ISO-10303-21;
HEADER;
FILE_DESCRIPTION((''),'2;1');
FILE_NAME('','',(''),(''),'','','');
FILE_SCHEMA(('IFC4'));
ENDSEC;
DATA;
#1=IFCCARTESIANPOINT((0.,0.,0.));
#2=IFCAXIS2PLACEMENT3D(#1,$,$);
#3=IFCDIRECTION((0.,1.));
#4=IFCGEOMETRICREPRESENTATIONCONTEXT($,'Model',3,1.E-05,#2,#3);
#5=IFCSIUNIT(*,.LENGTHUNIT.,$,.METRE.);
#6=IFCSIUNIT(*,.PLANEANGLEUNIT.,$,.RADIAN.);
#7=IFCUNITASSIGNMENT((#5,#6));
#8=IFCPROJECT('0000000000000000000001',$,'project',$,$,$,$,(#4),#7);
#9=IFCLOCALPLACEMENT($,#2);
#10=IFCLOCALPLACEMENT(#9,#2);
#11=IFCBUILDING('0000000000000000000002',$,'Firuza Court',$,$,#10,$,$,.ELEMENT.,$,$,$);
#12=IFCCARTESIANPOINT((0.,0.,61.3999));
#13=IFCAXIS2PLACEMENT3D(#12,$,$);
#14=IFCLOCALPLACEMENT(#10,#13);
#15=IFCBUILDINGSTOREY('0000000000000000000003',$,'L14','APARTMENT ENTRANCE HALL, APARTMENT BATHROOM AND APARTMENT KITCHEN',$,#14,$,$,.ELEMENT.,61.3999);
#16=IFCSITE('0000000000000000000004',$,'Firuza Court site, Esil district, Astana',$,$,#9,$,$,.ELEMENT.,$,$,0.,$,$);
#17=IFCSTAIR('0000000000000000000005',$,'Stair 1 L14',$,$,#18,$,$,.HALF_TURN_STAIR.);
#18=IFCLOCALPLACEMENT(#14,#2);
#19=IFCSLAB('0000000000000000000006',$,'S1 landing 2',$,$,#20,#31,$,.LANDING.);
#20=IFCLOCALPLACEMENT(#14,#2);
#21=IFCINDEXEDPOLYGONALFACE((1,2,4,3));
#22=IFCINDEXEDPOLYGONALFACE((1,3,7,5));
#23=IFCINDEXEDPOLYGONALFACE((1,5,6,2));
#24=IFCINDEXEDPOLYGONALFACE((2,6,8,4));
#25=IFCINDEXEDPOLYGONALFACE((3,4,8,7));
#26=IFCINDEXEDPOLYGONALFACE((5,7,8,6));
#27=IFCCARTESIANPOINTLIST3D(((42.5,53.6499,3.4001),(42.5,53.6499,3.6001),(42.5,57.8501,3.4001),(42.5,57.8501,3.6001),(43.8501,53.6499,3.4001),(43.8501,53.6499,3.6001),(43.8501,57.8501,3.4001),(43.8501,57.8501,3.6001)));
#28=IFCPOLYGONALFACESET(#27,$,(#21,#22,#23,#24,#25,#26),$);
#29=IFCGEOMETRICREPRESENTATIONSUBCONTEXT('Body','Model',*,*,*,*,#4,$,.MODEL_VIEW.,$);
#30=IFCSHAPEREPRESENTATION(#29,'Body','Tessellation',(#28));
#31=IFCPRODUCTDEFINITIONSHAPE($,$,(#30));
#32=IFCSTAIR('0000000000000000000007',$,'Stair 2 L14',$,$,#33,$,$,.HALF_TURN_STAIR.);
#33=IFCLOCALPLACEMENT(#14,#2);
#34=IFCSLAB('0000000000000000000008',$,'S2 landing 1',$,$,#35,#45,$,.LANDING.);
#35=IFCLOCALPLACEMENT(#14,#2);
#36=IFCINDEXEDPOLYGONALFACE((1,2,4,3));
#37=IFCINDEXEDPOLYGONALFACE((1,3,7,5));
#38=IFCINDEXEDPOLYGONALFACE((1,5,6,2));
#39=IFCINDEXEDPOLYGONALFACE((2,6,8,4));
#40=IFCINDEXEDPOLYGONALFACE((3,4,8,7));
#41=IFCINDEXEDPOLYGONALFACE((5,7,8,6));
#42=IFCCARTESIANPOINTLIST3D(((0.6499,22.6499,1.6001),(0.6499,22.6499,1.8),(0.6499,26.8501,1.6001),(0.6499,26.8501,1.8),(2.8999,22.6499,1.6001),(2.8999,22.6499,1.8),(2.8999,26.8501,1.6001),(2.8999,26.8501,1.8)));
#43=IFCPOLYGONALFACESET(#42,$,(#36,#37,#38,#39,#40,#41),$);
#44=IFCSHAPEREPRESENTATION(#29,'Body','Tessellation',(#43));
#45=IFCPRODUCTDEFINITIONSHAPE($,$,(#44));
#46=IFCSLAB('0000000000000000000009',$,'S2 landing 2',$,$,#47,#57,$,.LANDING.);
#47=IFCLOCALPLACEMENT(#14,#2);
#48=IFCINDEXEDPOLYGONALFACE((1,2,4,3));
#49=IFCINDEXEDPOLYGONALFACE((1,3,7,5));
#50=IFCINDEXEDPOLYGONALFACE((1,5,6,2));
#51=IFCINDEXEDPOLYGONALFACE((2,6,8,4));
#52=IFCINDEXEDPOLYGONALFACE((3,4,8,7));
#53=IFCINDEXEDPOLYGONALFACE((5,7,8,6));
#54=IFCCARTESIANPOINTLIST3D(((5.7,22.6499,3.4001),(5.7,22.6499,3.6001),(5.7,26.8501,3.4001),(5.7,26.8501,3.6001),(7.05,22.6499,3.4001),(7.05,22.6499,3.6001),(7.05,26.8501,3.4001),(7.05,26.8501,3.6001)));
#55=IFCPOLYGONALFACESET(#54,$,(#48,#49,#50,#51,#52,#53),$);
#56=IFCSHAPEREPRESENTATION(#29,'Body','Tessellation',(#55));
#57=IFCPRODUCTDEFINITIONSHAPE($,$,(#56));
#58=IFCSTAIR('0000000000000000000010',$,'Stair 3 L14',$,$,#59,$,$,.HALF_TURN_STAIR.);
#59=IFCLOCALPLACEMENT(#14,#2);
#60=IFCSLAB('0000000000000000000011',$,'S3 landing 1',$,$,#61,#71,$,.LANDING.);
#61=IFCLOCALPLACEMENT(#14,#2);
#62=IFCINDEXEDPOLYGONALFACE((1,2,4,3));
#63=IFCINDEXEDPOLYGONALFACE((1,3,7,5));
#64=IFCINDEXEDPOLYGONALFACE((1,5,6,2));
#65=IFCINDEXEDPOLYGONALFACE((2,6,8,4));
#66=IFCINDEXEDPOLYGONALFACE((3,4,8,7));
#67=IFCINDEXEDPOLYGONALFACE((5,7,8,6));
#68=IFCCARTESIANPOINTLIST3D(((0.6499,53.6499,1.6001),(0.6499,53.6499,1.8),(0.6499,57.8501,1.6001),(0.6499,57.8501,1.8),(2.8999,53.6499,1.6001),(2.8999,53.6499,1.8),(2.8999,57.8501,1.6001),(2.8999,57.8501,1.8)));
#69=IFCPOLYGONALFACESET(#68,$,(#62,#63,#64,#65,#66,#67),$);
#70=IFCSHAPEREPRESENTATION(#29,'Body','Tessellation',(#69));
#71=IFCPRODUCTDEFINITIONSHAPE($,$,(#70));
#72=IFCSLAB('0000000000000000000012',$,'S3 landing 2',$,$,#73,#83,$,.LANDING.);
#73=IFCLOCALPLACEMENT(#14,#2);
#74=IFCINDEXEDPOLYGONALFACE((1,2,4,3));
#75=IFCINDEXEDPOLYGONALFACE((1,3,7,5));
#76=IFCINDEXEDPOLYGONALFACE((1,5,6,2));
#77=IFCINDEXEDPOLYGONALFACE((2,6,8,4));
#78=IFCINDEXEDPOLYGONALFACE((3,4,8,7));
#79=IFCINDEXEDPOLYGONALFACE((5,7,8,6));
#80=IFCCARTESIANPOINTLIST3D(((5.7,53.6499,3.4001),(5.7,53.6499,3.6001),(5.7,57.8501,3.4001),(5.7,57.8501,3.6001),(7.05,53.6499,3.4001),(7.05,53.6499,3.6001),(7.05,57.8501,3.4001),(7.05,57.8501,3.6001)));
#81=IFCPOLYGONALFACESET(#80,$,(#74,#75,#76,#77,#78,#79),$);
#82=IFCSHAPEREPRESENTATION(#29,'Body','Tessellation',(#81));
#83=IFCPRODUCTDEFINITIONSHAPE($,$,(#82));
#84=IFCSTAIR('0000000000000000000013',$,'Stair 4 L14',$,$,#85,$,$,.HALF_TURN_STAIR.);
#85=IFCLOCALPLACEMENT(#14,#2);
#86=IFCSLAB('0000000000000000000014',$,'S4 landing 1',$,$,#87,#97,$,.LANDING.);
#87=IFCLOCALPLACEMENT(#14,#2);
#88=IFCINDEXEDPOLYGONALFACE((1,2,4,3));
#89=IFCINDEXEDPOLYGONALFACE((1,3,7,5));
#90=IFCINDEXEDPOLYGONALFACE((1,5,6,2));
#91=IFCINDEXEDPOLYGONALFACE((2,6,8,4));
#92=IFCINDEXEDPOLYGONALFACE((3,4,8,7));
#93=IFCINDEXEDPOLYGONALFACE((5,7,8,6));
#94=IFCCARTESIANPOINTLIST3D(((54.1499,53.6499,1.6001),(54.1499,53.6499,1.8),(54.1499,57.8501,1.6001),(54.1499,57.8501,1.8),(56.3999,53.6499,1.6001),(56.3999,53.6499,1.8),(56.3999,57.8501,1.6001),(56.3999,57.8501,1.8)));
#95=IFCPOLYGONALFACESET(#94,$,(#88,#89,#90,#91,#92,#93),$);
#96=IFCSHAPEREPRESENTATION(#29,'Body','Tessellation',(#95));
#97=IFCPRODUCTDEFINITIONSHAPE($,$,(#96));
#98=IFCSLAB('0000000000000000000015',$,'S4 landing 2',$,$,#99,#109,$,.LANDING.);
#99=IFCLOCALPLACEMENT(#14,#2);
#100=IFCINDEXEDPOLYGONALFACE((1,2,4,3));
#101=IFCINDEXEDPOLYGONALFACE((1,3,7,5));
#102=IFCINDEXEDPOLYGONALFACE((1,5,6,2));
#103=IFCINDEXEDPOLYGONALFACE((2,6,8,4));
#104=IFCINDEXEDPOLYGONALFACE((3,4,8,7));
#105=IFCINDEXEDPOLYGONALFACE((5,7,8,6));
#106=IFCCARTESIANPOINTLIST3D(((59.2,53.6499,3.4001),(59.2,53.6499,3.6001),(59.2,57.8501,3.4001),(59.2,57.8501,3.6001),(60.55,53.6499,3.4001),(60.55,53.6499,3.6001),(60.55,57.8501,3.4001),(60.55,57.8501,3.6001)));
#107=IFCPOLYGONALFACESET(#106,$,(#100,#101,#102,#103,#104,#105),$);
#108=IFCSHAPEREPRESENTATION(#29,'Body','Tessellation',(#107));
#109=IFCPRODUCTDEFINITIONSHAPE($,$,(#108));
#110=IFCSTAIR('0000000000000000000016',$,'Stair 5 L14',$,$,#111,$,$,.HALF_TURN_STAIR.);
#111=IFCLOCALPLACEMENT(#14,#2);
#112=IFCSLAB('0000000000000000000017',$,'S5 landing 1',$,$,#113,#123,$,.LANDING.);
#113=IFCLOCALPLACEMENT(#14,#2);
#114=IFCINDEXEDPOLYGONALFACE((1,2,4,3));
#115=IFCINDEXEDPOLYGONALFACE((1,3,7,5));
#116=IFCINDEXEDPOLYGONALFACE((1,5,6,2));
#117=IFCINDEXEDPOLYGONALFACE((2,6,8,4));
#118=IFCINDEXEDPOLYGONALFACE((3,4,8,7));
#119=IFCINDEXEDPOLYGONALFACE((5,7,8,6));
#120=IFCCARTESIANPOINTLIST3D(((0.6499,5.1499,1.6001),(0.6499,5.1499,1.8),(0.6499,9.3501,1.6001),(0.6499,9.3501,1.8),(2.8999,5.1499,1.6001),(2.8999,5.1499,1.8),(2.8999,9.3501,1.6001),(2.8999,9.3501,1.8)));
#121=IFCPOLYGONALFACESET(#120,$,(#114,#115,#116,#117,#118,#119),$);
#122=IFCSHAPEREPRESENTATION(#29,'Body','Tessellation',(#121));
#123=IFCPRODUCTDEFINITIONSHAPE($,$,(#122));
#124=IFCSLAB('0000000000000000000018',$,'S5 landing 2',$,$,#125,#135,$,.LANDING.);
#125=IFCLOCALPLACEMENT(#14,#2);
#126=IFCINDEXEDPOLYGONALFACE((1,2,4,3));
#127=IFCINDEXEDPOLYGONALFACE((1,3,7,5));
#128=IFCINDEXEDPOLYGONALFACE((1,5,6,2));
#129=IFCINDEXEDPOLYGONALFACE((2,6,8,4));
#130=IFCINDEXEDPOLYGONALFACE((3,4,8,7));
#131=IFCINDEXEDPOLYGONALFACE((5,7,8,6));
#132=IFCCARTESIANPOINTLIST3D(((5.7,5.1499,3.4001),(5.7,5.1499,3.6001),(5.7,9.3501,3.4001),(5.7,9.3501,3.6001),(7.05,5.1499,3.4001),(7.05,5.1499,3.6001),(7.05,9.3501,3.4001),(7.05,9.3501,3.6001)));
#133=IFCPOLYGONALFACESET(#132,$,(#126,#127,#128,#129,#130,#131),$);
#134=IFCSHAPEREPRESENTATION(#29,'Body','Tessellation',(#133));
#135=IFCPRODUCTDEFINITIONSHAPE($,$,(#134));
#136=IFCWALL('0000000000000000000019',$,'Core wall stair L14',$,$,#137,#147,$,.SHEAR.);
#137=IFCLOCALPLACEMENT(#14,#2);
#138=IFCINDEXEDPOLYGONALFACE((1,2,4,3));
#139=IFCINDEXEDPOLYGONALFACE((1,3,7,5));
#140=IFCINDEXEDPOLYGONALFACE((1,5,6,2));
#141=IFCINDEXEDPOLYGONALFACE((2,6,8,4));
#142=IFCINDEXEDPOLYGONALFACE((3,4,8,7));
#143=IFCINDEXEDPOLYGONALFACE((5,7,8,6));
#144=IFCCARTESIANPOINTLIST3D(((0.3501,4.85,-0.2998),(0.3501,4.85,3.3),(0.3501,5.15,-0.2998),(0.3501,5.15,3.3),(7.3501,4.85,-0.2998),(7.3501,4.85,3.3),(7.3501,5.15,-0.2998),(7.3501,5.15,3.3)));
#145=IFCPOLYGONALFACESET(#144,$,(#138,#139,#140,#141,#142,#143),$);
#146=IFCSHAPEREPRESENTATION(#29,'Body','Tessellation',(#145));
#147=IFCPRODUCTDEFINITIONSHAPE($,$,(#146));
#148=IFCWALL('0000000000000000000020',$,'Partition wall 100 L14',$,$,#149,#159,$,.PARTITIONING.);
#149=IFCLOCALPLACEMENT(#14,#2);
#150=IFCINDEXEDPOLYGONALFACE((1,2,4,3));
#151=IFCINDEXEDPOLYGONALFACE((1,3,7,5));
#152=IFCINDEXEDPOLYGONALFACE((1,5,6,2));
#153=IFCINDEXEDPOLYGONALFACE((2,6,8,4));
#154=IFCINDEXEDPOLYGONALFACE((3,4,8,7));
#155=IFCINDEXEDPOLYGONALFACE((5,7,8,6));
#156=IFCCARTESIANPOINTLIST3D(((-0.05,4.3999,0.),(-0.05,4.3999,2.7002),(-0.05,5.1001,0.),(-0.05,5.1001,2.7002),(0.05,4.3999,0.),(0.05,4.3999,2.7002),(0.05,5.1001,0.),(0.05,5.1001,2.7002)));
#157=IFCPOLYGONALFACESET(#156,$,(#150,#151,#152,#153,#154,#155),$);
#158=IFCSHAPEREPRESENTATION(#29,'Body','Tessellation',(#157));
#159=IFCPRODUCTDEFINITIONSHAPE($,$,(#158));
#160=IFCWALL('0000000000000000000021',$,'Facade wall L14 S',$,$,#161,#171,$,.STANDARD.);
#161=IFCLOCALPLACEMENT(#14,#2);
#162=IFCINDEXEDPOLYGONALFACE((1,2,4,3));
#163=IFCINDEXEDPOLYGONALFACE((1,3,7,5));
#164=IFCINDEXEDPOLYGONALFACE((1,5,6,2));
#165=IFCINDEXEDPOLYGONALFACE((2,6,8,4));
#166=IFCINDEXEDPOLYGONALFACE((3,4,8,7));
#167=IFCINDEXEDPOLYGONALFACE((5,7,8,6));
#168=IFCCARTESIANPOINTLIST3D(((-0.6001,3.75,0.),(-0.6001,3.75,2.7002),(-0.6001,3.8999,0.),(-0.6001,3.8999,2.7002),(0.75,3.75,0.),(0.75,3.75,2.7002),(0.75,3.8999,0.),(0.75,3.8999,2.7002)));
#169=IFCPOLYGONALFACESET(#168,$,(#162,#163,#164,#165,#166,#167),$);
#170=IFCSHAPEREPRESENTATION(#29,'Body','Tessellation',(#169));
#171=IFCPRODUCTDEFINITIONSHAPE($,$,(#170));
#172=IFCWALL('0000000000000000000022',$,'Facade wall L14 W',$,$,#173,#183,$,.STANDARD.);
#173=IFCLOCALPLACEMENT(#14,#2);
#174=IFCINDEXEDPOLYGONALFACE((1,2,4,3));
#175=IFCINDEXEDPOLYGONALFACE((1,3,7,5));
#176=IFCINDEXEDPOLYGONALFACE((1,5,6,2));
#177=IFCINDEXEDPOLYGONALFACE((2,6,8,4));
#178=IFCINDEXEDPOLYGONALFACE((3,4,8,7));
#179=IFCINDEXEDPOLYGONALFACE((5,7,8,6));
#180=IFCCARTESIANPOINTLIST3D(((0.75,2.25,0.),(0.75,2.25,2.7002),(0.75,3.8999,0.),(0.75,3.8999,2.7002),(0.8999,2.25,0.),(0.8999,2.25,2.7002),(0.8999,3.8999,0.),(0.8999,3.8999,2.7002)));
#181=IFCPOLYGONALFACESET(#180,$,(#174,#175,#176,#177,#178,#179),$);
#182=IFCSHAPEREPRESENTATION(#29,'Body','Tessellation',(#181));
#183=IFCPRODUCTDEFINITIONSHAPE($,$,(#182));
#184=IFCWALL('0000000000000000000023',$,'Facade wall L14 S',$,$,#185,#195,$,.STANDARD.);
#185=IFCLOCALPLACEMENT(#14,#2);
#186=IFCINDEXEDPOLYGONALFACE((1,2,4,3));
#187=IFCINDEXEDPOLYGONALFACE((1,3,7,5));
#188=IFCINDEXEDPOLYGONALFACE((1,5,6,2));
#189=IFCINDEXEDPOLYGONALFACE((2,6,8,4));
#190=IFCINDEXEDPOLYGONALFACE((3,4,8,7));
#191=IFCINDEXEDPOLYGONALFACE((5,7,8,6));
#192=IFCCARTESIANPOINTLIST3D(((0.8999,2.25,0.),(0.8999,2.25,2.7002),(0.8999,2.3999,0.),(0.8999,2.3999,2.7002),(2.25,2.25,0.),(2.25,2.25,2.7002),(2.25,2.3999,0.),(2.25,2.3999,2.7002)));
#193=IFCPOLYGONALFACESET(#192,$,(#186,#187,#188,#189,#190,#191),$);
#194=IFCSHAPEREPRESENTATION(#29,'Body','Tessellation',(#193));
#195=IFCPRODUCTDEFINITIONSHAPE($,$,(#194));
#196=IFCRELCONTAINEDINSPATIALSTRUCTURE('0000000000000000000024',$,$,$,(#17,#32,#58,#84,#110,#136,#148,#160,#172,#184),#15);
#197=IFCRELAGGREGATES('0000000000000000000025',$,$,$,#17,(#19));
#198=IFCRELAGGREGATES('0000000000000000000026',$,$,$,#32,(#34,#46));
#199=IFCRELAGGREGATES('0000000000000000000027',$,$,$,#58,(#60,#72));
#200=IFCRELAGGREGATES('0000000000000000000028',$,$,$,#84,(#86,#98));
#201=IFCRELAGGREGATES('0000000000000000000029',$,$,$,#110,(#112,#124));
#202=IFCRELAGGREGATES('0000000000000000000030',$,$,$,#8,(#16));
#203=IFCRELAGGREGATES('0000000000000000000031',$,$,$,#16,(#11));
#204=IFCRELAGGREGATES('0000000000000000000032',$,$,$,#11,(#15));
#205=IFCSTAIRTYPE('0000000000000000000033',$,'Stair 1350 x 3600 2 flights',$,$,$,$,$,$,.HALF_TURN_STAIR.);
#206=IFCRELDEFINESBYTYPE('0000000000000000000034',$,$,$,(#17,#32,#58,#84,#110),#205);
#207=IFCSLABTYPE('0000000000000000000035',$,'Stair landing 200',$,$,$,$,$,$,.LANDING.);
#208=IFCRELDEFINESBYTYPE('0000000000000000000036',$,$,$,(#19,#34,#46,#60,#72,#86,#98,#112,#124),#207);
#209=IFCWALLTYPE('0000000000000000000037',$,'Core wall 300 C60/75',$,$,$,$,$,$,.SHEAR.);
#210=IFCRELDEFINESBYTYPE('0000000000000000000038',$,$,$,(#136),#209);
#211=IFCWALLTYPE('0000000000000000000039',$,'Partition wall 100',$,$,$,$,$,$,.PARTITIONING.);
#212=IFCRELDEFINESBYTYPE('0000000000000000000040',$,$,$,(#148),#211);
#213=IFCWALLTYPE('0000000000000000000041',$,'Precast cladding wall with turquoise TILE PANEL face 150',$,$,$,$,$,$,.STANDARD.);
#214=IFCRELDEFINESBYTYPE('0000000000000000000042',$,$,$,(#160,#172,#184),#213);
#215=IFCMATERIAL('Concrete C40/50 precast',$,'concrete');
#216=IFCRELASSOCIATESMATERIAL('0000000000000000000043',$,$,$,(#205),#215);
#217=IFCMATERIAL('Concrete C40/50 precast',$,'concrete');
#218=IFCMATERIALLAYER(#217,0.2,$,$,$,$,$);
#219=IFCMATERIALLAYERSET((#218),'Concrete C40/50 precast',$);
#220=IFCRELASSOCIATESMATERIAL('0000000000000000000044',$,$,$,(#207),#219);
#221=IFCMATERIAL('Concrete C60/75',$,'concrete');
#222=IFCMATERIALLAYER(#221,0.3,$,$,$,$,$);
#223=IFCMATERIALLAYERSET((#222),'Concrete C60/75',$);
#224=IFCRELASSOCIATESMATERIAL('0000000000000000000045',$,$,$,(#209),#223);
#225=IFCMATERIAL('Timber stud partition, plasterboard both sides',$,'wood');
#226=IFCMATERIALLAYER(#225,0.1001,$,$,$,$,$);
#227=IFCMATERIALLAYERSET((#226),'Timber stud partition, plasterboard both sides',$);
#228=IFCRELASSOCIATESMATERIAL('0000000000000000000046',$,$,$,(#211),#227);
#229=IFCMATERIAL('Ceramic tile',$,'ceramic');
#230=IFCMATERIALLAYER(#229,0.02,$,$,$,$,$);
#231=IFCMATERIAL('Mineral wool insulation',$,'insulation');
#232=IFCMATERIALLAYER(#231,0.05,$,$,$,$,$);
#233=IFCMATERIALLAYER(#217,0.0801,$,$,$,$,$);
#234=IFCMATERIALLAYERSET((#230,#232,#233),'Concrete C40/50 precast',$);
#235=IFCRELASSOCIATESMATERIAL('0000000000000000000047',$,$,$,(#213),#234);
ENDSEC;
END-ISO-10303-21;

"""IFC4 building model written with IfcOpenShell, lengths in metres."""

from ifc_helpers import new_model, si_unit, direction, frame, frame_2d, origin, place, context, subcontext, project, spatial, polyline, rectangle, outline, extrude, material, layer, layer_set, type_object, element, aggregate, save


model = new_model("IFC4")

# Units and contexts
model_context = context("Model", 3, precision=1e-05, world=origin(), true_north=direction((0.0, 1.0)))
body_context = subcontext(model_context, "Body", "Model", "MODEL_VIEW")
ifc_project = project(units=[si_unit("LENGTHUNIT", "METRE"), si_unit("PLANEANGLEUNIT", "RADIAN")], contexts=[model_context])

# Site, building, storey
site_placement = place(None, origin())
site = spatial("IfcSite", under=ifc_project, at=site_placement, Name="Firuza Court site, Esil district, Astana", CompositionType="ELEMENT", RefElevation=0.0)
building_placement = place(site_placement, origin())
building = spatial("IfcBuilding", under=site, at=building_placement, Name="Firuza Court", CompositionType="ELEMENT")
storey_placement = place(building_placement, frame((0.0, 0.0, 61.3999)))
storey = spatial("IfcBuildingStorey", under=building, at=storey_placement, Name="L14", Description="APARTMENT ENTRANCE HALL, APARTMENT BATHROOM AND APARTMENT KITCHEN", CompositionType="ELEMENT", Elevation=61.3999)

# Stairs, slabs
ifc_material_1 = material(Name="Concrete C40/50 precast", Category="concrete")
stair_type = type_object("IfcStairType", Name="Stair 1350 x 3600 2 flights", PredefinedType="HALF_TURN_STAIR", material=ifc_material_1)
stair_1_placement = place(storey_placement, origin())
stair_1 = element("IfcStair", 1, at=stair_1_placement, inside=storey, type_object=stair_type, Name="Stair 1 L14", PredefinedType="HALF_TURN_STAIR")
ifc_material_2 = material(Name="Concrete C40/50 precast", Category="concrete")
ifc_layer_1 = layer(ifc_material_2, 0.2)
ifc_layer_set_1 = layer_set([ifc_layer_1], Name="Concrete C40/50 precast")
slab_type_1 = type_object("IfcSlabType", Name="Stair landing 200", PredefinedType="LANDING", material=ifc_layer_set_1)
slab_1_placement = place(storey_placement, frame((0.0, 0.0, 3.4001)))
slab_1 = element("IfcSlab", 2, at=slab_1_placement, type_object=slab_type_1, Name="S1 landing 2", PredefinedType="LANDING", context=body_context, shape_type="SweptSolid", body=[
    extrude(outline(polyline([(43.8501, 53.6499), (43.8501, 57.8501), (42.5, 57.8501), (42.5, 53.6499), (43.8501, 53.6499)])), origin(), (0.0, 0.0, 1.0), 0.2),
])
aggregate(stair_1, [slab_1])
stair_2_placement = place(storey_placement, origin())
stair_2 = element("IfcStair", 3, at=stair_2_placement, inside=storey, type_object=stair_type, Name="Stair 2 L14", PredefinedType="HALF_TURN_STAIR")
slab_2_placement = place(storey_placement, frame((0.0, 0.0, 1.6001)))
slab_2 = element("IfcSlab", 4, at=slab_2_placement, type_object=slab_type_1, Name="S2 landing 1", PredefinedType="LANDING", context=body_context, shape_type="SweptSolid", body=[
    extrude(outline(polyline([(2.8999, 22.6499), (2.8999, 26.8501), (0.6499, 26.8501), (0.6499, 22.6499), (2.8999, 22.6499)])), origin(), (0.0, 0.0, 1.0), 0.2),
])
slab_3_placement = place(storey_placement, frame((0.0, 0.0, 3.4001)))
slab_3 = element("IfcSlab", 5, at=slab_3_placement, type_object=slab_type_1, Name="S2 landing 2", PredefinedType="LANDING", context=body_context, shape_type="SweptSolid", body=[
    extrude(outline(polyline([(7.05, 22.6499), (7.05, 26.8501), (5.7, 26.8501), (5.7, 22.6499), (7.05, 22.6499)])), origin(), (0.0, 0.0, 1.0), 0.2),
])
aggregate(stair_2, [slab_2, slab_3])
stair_3_placement = place(storey_placement, origin())
stair_3 = element("IfcStair", 6, at=stair_3_placement, inside=storey, type_object=stair_type, Name="Stair 3 L14", PredefinedType="HALF_TURN_STAIR")
slab_4_placement = place(storey_placement, frame((0.0, 0.0, 1.6001)))
slab_4 = element("IfcSlab", 7, at=slab_4_placement, type_object=slab_type_1, Name="S3 landing 1", PredefinedType="LANDING", context=body_context, shape_type="SweptSolid", body=[
    extrude(outline(polyline([(2.8999, 53.6499), (2.8999, 57.8501), (0.6499, 57.8501), (0.6499, 53.6499), (2.8999, 53.6499)])), origin(), (0.0, 0.0, 1.0), 0.2),
])
slab_5_placement = place(storey_placement, frame((0.0, 0.0, 3.4001)))
slab_5 = element("IfcSlab", 8, at=slab_5_placement, type_object=slab_type_1, Name="S3 landing 2", PredefinedType="LANDING", context=body_context, shape_type="SweptSolid", body=[
    extrude(outline(polyline([(7.05, 53.6499), (7.05, 57.8501), (5.7, 57.8501), (5.7, 53.6499), (7.05, 53.6499)])), origin(), (0.0, 0.0, 1.0), 0.2),
])
aggregate(stair_3, [slab_4, slab_5])
stair_4_placement = place(storey_placement, origin())
stair_4 = element("IfcStair", 9, at=stair_4_placement, inside=storey, type_object=stair_type, Name="Stair 4 L14", PredefinedType="HALF_TURN_STAIR")
slab_6_placement = place(storey_placement, frame((0.0, 0.0, 1.6001)))
slab_6 = element("IfcSlab", 10, at=slab_6_placement, type_object=slab_type_1, Name="S4 landing 1", PredefinedType="LANDING", context=body_context, shape_type="SweptSolid", body=[
    extrude(outline(polyline([(56.3999, 53.6499), (56.3999, 57.8501), (54.1499, 57.8501), (54.1499, 53.6499), (56.3999, 53.6499)])), origin(), (0.0, 0.0, 1.0), 0.2),
])
slab_7_placement = place(storey_placement, frame((0.0, 0.0, 3.4001)))
slab_7 = element("IfcSlab", 11, at=slab_7_placement, type_object=slab_type_1, Name="S4 landing 2", PredefinedType="LANDING", context=body_context, shape_type="SweptSolid", body=[
    extrude(outline(polyline([(60.55, 53.6499), (60.55, 57.8501), (59.2, 57.8501), (59.2, 53.6499), (60.55, 53.6499)])), origin(), (0.0, 0.0, 1.0), 0.2),
])
aggregate(stair_4, [slab_6, slab_7])
stair_5_placement = place(storey_placement, origin())
stair_5 = element("IfcStair", 12, at=stair_5_placement, inside=storey, type_object=stair_type, Name="Stair 5 L14", PredefinedType="HALF_TURN_STAIR")
slab_8_placement = place(storey_placement, frame((0.0, 0.0, 1.6001)))
slab_8 = element("IfcSlab", 13, at=slab_8_placement, type_object=slab_type_1, Name="S5 landing 1", PredefinedType="LANDING", context=body_context, shape_type="SweptSolid", body=[
    extrude(outline(polyline([(2.8999, 5.1499), (2.8999, 9.3501), (0.6499, 9.3501), (0.6499, 5.1499), (2.8999, 5.1499)])), origin(), (0.0, 0.0, 1.0), 0.2),
])
slab_9_placement = place(storey_placement, frame((0.0, 0.0, 3.4001)))
slab_9 = element("IfcSlab", 14, at=slab_9_placement, type_object=slab_type_1, Name="S5 landing 2", PredefinedType="LANDING", context=body_context, shape_type="SweptSolid", body=[
    extrude(outline(polyline([(7.05, 5.1499), (7.05, 9.3501), (5.7, 9.3501), (5.7, 5.1499), (7.05, 5.1499)])), origin(), (0.0, 0.0, 1.0), 0.2),
])
aggregate(stair_5, [slab_8, slab_9])

# Walls
ifc_material_3 = material(Name="Concrete C60/75", Category="concrete")
ifc_layer_2 = layer(ifc_material_3, 0.3)
ifc_layer_set_2 = layer_set([ifc_layer_2], Name="Concrete C60/75")
wall_type_1 = type_object("IfcWallType", Name="Core wall 300 C60/75", PredefinedType="SHEAR", material=ifc_layer_set_2)
wall_1_placement = place(storey_placement, frame((0.3501, 5.0, -0.2998), z_axis=(0.0, 0.0, 1.0), x_axis=(1.0, 0.0, 0.0)))
element("IfcWall", 15, at=wall_1_placement, inside=storey, type_object=wall_type_1, Name="Core wall stair L14", PredefinedType="SHEAR", context=body_context, shape_type="SweptSolid", body=[
    extrude(rectangle(XDim=7.0, YDim=0.3, at=frame_2d((3.5, 0.0))), origin(), (0.0, 0.0, 1.0), 3.5999),
])
ifc_material_4 = material(Name="Timber stud partition, plasterboard both sides", Category="wood")
ifc_layer_3 = layer(ifc_material_4, 0.1001)
ifc_layer_set_3 = layer_set([ifc_layer_3], Name="Timber stud partition, plasterboard both sides")
wall_type_2 = type_object("IfcWallType", Name="Partition wall 100", PredefinedType="PARTITIONING", material=ifc_layer_set_3)
wall_2_placement = place(storey_placement, frame((0.0, 4.3999, 0.0), z_axis=(0.0, 0.0, 1.0), x_axis=(0.0, 1.0, 0.0)))
element("IfcWall", 16, at=wall_2_placement, inside=storey, type_object=wall_type_2, Name="Partition wall 100 L14", PredefinedType="PARTITIONING", context=body_context, shape_type="SweptSolid", body=[
    extrude(rectangle(XDim=0.7002, YDim=0.1001, at=frame_2d((0.3501, 0.0))), origin(), (0.0, 0.0, 1.0), 2.7002),
])
ifc_material_5 = material(Name="Ceramic tile", Category="ceramic")
ifc_layer_4 = layer(ifc_material_5, 0.02)
ifc_material_6 = material(Name="Mineral wool insulation", Category="insulation")
ifc_layer_5 = layer(ifc_material_6, 0.05)
ifc_layer_6 = layer(ifc_material_2, 0.0801)
ifc_layer_set_4 = layer_set([ifc_layer_4, ifc_layer_5, ifc_layer_6], Name="Concrete C40/50 precast")
wall_type_3 = type_object("IfcWallType", Name="Precast cladding wall with turquoise TILE PANEL face 150", PredefinedType="STANDARD", material=ifc_layer_set_4)
wall_3_placement = place(storey_placement, frame((-0.6001, 3.825, 0.0), z_axis=(0.0, 0.0, 1.0), x_axis=(1.0, 0.0, 0.0)))
element("IfcWall", 17, at=wall_3_placement, inside=storey, type_object=wall_type_3, Name="Facade wall L14 S", PredefinedType="STANDARD", context=body_context, shape_type="SweptSolid", body=[
    extrude(rectangle(XDim=1.3501, YDim=0.1499, at=frame_2d((0.675, 0.0))), origin(), (0.0, 0.0, 1.0), 2.7002),
])
wall_4_placement = place(storey_placement, frame((0.825, 3.8999, 0.0), z_axis=(0.0, 0.0, 1.0), x_axis=(0.0, -1.0, 0.0)))
element("IfcWall", 18, at=wall_4_placement, inside=storey, type_object=wall_type_3, Name="Facade wall L14 W", PredefinedType="STANDARD", context=body_context, shape_type="SweptSolid", body=[
    extrude(rectangle(XDim=1.6499, YDim=0.1499, at=frame_2d((0.825, 0.0))), origin(), (0.0, 0.0, 1.0), 2.7002),
])
wall_5_placement = place(storey_placement, frame((0.8999, 2.325, 0.0), z_axis=(0.0, 0.0, 1.0), x_axis=(1.0, 0.0, 0.0)))
element("IfcWall", 19, at=wall_5_placement, inside=storey, type_object=wall_type_3, Name="Facade wall L14 S", PredefinedType="STANDARD", context=body_context, shape_type="SweptSolid", body=[
    extrude(rectangle(XDim=1.3501, YDim=0.1499, at=frame_2d((0.675, 0.0))), origin(), (0.0, 0.0, 1.0), 2.7002),
])

save(model, "model.ifc")
